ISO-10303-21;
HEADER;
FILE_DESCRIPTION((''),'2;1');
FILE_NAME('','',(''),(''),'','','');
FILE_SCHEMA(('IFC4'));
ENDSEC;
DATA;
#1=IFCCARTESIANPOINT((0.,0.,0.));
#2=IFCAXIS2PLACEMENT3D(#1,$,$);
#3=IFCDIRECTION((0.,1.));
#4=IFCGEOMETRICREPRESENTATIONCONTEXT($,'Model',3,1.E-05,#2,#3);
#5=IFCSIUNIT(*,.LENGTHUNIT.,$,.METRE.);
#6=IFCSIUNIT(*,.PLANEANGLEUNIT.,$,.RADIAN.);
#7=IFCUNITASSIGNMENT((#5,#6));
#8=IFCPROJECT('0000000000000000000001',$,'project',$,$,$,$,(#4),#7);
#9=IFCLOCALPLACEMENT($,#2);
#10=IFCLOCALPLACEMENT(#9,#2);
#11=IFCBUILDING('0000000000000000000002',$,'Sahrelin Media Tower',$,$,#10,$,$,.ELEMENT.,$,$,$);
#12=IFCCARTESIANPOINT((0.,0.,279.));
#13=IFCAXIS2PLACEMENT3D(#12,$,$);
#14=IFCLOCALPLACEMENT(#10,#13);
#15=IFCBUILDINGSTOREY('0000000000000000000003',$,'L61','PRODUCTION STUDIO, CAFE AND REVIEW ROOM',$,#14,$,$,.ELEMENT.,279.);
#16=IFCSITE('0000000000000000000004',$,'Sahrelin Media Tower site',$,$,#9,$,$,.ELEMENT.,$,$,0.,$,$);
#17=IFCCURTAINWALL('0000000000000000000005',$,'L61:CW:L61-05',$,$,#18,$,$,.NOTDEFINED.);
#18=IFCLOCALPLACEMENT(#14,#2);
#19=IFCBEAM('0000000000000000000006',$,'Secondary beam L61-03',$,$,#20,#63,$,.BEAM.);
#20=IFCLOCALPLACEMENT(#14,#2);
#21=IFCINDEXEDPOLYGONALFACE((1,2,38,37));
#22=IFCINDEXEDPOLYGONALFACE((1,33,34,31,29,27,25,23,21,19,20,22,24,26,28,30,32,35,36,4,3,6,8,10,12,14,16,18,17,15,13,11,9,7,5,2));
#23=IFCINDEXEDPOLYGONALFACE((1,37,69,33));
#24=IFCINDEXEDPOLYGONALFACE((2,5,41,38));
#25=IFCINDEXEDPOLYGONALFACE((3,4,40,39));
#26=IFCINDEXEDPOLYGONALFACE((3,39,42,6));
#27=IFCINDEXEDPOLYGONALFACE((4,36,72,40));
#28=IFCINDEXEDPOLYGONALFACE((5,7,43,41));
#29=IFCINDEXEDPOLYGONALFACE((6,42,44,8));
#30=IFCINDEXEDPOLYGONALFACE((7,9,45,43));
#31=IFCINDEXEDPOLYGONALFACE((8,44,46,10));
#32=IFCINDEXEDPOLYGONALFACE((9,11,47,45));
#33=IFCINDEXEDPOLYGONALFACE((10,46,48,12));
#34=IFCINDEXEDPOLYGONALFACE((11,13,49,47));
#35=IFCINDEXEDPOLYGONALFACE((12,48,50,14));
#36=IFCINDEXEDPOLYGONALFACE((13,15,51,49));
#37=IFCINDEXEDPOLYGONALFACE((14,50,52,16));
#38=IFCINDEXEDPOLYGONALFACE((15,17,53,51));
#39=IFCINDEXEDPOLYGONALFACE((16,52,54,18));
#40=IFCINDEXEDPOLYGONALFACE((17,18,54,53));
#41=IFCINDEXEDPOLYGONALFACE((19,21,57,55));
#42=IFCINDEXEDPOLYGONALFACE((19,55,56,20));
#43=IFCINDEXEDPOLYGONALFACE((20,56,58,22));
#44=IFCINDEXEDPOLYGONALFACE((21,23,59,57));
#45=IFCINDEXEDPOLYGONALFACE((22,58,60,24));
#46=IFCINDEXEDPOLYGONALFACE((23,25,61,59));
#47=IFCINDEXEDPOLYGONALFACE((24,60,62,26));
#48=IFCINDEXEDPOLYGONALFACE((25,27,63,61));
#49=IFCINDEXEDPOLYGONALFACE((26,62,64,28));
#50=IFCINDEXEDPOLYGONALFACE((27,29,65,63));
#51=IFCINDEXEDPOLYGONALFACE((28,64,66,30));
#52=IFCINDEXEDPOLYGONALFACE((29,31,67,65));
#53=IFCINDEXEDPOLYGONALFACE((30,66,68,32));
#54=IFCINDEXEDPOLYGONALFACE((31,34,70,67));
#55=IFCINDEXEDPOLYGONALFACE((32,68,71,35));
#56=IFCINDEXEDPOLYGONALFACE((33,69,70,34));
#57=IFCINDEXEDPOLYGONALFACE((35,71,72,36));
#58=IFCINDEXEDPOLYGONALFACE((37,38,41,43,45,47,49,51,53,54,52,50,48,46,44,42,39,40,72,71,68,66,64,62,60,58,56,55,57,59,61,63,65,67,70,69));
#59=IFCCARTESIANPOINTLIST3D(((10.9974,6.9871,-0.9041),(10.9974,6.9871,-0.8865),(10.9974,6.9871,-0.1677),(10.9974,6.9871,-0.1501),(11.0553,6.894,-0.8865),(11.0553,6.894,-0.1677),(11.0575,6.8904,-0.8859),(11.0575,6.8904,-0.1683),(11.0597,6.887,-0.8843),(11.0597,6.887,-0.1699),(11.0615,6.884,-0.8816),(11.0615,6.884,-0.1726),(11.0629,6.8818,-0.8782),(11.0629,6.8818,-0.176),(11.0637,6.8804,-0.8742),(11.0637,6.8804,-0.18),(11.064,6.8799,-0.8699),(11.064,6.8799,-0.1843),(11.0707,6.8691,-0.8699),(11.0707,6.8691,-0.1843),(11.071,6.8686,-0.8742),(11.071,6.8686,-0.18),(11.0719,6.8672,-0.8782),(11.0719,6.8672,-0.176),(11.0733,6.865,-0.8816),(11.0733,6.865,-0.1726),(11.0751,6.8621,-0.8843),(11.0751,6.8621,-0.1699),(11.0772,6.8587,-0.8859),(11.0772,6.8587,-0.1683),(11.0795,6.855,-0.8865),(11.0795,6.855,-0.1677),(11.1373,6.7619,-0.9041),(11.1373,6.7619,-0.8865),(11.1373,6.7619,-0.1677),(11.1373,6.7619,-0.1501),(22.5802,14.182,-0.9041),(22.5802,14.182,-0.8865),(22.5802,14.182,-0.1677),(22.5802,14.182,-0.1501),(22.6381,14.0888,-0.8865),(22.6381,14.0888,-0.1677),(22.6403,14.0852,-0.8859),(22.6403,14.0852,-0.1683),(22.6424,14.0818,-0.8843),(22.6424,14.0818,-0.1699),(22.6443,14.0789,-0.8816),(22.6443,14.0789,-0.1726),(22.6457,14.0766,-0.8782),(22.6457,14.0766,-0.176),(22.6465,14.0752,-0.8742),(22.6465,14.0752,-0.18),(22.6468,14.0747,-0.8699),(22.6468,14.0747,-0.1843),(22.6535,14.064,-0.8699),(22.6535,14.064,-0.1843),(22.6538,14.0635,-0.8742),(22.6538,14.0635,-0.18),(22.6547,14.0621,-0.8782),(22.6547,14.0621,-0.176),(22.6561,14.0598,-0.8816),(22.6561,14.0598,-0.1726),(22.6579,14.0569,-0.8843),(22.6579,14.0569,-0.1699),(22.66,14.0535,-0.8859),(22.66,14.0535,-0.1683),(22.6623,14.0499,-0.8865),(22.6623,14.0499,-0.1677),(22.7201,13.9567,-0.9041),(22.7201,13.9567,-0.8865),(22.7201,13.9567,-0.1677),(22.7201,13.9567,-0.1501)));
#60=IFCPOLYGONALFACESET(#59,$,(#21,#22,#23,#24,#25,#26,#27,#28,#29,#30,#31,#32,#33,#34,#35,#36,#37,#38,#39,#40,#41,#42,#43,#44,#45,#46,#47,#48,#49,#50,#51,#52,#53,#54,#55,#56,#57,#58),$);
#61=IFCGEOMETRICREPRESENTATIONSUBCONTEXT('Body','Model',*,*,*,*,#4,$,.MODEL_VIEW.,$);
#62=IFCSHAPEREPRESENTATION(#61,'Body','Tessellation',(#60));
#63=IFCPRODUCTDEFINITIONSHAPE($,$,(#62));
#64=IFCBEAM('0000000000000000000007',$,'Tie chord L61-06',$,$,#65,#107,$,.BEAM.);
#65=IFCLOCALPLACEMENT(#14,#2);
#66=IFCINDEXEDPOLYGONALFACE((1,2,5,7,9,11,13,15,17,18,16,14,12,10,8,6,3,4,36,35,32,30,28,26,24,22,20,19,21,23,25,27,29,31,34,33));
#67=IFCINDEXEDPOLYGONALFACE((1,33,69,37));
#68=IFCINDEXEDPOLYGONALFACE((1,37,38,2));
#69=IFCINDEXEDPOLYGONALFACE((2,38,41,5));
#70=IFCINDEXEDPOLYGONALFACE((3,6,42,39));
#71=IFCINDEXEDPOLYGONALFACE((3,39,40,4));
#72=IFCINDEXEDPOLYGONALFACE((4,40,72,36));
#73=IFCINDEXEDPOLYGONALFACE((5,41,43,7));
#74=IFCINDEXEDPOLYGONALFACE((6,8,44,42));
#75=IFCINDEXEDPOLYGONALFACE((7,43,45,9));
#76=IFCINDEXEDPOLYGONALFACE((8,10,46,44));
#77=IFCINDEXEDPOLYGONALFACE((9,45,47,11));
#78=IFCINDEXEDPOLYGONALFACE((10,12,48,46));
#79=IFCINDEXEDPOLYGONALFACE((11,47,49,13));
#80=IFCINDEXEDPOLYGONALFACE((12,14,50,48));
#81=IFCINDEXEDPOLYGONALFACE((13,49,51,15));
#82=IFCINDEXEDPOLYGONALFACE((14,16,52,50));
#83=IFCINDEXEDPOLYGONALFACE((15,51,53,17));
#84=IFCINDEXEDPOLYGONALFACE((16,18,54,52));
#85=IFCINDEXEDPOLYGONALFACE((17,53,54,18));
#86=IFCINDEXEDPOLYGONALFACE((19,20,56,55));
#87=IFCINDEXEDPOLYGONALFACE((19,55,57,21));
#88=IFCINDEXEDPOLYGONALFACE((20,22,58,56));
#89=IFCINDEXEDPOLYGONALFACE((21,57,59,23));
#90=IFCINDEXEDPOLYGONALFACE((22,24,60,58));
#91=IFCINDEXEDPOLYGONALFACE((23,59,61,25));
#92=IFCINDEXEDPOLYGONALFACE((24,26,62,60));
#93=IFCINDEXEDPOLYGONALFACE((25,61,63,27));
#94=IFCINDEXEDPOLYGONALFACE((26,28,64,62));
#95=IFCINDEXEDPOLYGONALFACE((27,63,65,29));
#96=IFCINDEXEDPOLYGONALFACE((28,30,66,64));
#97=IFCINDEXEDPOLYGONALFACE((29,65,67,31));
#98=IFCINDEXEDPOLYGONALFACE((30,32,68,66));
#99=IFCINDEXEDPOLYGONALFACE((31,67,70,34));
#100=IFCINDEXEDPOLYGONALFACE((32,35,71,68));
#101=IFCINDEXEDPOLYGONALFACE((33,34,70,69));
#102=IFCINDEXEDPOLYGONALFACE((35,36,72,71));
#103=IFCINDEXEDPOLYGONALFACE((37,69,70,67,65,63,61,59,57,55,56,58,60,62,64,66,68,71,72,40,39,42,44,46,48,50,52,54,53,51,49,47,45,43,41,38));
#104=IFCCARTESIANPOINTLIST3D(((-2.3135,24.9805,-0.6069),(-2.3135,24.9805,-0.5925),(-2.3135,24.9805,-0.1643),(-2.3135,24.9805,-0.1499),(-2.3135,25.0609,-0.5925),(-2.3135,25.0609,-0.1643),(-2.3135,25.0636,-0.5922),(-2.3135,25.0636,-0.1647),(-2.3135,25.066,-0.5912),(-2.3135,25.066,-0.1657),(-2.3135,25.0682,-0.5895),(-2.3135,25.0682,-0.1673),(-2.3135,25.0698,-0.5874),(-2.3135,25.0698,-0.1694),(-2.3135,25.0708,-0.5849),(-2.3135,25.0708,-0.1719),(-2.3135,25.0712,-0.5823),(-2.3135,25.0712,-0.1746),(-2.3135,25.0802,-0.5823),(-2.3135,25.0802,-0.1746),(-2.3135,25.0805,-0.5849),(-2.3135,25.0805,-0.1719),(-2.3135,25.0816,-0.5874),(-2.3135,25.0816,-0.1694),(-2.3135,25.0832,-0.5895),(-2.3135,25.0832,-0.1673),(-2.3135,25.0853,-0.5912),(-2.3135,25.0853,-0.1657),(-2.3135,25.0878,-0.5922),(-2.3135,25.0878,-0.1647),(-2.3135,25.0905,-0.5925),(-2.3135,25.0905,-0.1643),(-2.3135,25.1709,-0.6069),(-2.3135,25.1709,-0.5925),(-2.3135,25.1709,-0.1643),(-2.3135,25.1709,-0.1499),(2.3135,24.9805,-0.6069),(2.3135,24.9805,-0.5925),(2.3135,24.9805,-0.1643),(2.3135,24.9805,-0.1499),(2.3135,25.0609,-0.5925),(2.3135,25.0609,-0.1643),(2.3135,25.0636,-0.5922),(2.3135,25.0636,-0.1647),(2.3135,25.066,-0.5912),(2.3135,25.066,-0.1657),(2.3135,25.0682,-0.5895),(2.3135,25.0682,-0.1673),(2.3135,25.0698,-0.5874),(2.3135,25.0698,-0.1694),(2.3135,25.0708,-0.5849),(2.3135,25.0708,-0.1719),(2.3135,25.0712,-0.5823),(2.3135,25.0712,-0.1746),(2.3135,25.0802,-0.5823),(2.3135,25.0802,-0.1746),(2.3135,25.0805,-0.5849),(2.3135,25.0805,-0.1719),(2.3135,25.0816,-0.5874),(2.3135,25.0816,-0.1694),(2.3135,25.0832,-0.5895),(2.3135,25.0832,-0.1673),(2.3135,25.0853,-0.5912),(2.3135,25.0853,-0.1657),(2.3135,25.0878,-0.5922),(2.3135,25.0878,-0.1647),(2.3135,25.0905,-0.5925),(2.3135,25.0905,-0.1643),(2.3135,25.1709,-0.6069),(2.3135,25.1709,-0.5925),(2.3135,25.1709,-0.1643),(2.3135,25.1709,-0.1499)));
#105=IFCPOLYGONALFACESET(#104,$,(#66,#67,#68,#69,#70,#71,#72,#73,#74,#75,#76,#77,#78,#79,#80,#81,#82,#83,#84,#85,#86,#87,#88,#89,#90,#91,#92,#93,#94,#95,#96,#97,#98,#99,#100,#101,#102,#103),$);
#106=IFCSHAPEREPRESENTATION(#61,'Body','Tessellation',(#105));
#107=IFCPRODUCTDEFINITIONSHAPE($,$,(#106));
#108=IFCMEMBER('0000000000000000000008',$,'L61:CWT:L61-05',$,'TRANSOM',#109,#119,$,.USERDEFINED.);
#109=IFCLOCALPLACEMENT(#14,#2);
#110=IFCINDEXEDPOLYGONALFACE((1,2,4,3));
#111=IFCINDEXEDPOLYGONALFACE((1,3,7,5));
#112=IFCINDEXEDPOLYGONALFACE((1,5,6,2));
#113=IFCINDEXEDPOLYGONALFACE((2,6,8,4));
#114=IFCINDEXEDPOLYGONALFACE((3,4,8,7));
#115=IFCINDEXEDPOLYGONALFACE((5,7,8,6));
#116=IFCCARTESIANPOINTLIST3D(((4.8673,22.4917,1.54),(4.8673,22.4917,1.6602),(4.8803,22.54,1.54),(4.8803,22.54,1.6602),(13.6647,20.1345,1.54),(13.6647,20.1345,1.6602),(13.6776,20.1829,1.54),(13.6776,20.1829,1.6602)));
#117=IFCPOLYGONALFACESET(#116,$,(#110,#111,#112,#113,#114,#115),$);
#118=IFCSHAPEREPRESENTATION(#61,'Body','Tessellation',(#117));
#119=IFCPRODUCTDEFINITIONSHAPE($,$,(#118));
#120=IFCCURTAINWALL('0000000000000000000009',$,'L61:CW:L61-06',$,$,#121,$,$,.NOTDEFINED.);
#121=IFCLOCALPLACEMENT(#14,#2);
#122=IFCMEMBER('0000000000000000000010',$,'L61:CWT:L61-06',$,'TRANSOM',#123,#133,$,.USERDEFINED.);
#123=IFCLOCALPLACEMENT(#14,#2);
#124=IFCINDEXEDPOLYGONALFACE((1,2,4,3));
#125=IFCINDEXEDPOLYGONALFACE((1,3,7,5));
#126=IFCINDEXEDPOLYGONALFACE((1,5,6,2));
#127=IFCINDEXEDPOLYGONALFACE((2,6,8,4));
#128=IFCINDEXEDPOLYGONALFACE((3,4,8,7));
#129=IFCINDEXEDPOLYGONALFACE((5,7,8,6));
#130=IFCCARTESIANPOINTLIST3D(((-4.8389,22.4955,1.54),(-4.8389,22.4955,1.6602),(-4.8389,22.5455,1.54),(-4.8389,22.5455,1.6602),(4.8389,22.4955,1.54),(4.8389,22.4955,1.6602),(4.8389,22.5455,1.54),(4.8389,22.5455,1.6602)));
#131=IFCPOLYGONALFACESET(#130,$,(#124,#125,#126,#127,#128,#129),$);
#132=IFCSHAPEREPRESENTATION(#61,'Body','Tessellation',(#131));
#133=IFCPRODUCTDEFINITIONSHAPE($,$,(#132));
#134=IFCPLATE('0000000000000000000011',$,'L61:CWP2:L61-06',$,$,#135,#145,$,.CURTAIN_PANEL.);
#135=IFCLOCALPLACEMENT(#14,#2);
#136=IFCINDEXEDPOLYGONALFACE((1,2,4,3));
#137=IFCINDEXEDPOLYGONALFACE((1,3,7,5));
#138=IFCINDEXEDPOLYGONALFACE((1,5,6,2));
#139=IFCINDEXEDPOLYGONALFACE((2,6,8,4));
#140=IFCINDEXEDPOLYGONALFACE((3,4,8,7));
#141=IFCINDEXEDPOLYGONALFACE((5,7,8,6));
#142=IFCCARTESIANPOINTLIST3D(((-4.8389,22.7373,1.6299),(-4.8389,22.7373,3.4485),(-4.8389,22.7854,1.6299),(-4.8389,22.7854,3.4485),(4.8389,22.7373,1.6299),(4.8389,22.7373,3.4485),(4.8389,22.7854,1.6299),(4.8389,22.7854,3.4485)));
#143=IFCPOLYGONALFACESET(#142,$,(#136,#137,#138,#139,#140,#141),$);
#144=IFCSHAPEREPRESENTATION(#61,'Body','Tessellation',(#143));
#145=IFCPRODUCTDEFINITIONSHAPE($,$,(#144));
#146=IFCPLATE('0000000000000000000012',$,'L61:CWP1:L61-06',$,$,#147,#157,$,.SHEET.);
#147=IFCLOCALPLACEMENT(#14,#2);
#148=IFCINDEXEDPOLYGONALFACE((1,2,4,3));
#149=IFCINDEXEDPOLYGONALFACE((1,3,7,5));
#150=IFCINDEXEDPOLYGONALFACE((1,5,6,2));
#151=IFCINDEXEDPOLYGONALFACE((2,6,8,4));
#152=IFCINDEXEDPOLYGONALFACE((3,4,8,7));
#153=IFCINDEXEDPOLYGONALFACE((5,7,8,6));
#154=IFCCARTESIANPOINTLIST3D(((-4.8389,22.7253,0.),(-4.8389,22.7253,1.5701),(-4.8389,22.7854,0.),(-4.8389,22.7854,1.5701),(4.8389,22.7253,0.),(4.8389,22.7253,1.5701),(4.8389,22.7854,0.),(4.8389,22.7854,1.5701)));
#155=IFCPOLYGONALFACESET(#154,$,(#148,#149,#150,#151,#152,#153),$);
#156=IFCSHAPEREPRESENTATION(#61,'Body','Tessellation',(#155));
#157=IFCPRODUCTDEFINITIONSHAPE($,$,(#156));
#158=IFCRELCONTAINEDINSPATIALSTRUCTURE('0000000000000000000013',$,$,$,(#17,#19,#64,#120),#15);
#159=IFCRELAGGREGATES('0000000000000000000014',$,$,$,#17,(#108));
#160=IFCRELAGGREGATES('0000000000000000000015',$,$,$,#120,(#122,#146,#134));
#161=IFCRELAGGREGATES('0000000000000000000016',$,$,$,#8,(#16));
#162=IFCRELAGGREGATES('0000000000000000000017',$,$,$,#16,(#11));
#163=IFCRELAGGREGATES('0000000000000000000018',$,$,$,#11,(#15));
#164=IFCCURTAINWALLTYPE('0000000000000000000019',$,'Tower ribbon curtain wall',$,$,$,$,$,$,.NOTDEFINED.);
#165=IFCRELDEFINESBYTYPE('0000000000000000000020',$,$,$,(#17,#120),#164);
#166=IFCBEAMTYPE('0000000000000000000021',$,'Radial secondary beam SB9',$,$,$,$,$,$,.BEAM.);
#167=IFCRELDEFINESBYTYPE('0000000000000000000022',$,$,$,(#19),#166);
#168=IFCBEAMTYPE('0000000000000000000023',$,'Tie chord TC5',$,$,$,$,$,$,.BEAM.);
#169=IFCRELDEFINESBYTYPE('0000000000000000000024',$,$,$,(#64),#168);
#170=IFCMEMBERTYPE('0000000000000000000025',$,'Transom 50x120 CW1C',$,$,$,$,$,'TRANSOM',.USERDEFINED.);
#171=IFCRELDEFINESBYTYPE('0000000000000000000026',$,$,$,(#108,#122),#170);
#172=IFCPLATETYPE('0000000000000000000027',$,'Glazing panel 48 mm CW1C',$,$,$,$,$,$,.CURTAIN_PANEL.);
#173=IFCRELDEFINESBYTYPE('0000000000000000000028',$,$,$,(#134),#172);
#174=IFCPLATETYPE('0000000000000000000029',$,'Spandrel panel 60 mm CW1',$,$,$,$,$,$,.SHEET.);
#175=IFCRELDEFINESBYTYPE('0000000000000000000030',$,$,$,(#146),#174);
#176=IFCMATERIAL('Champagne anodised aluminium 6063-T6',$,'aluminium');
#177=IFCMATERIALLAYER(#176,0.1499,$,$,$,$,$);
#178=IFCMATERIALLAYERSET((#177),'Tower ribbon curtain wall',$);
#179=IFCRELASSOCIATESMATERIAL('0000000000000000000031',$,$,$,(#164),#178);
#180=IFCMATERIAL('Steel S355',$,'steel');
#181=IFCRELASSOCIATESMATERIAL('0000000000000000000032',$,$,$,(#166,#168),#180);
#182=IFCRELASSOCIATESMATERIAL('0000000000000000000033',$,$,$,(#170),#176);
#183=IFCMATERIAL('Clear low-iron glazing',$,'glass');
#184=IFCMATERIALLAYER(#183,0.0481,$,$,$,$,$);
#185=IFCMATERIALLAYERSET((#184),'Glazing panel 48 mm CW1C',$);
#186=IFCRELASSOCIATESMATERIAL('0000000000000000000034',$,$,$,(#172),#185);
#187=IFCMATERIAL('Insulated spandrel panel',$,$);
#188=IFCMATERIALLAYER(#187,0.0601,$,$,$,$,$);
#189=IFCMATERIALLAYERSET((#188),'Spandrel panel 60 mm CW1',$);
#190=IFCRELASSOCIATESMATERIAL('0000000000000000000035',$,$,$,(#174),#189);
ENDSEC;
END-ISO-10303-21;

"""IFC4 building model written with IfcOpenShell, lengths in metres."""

from ifc_helpers import new_model, si_unit, direction, frame, origin, origin_2d, place, context, subcontext, project, spatial, polyline, rectangle, i_section, outline, extrude, material, layer, layer_set, material_profile, profile_set, type_object, element, aggregate, save


model = new_model("IFC4")

# Units and contexts
model_context = context("Model", 3, precision=1e-05, world=origin(), true_north=direction((0.0, 1.0)))
body_context = subcontext(model_context, "Body", "Model", "MODEL_VIEW")
ifc_project = project(units=[si_unit("LENGTHUNIT", "METRE"), si_unit("PLANEANGLEUNIT", "RADIAN")], contexts=[model_context])

# Site, building, storey
site_placement = place(None, origin())
site = spatial("IfcSite", under=ifc_project, at=site_placement, Name="Sahrelin Media Tower site", CompositionType="ELEMENT", RefElevation=0.0)
building_placement = place(site_placement, origin())
building = spatial("IfcBuilding", under=site, at=building_placement, Name="Sahrelin Media Tower", CompositionType="ELEMENT")
storey_placement = place(building_placement, frame((0.0, 0.0, 279.0)))
storey = spatial("IfcBuildingStorey", under=building, at=storey_placement, Name="L61", Description="PRODUCTION STUDIO, CAFE AND REVIEW ROOM", CompositionType="ELEMENT", Elevation=279.0)

# Shared definitions
ifc_material_1 = material(Name="Steel S355", Category="steel")

# Curtain wall
ifc_material_2 = material(Name="Champagne anodised aluminium 6063-T6", Category="aluminium")
ifc_layer_1 = layer(ifc_material_2, 0.1499)
ifc_layer_set_1 = layer_set([ifc_layer_1], Name="Tower ribbon curtain wall")
curtain_wall_type = type_object("IfcCurtainWallType", Name="Tower ribbon curtain wall", PredefinedType="NOTDEFINED", material=ifc_layer_set_1)
curtain_wall_1_placement = place(storey_placement, frame((9.3359, 21.574, 0.0), z_axis=(0.0, 0.0, 1.0), x_axis=(1.0, 0.0, 0.0)))
curtain_wall_1 = element("IfcCurtainWall", 1, at=curtain_wall_1_placement, inside=storey, type_object=curtain_wall_type, Name="L61:CW:L61-05", PredefinedType="NOTDEFINED")

# Beams
ifc_material_profile_1 = material_profile(ifc_material_1, i_section(OverallWidth=0.2651, OverallDepth=0.7539, WebThickness=0.0127, FlangeThickness=0.0176, FilletRadius=0.0166, at=origin_2d()), Name="UB 762x267x147")
ifc_profile_set_1 = profile_set([ifc_material_profile_1], Name="Steel S355")
beam_type_1 = type_object("IfcBeamType", Name="Radial secondary beam SB9", PredefinedType="BEAM", material=ifc_profile_set_1)
beam_1_placement = place(storey_placement, frame((11.0674, 6.8745, -0.5271), z_axis=(0.849459, 0.527655, 0.0), x_axis=(-0.527655, 0.849459, 0.0)))
element("IfcBeam", 2, at=beam_1_placement, inside=storey, type_object=beam_type_1, Name="Secondary beam L61-03", PredefinedType="BEAM", context=body_context, shape_type="SweptSolid", body=[
    extrude(i_section(OverallWidth=0.2651, OverallDepth=0.7539, WebThickness=0.0127, FlangeThickness=0.0176, FilletRadius=0.0166, at=origin_2d()), origin(), (0.0, 0.0, 1.0), 13.6355),
])
ifc_material_profile_2 = material_profile(ifc_material_1, i_section(OverallWidth=0.1904, OverallDepth=0.457, WebThickness=0.009, FlangeThickness=0.0144, FilletRadius=0.0103, at=origin_2d()), Name="UB 457x191x74")
ifc_profile_set_2 = profile_set([ifc_material_profile_2], Name="Steel S355")
beam_type_2 = type_object("IfcBeamType", Name="Tie chord TC5", PredefinedType="BEAM", material=ifc_profile_set_2)
beam_2_placement = place(storey_placement, frame((2.3135, 25.0757, -0.3784), z_axis=(-1.0, 0.0, 0.0), x_axis=(0.0, -1.0, 0.0)))
element("IfcBeam", 3, at=beam_2_placement, inside=storey, type_object=beam_type_2, Name="Tie chord L61-06", PredefinedType="BEAM", context=body_context, shape_type="SweptSolid", body=[
    extrude(i_section(OverallWidth=0.1904, OverallDepth=0.457, WebThickness=0.009, FlangeThickness=0.0144, FilletRadius=0.0103, at=origin_2d()), origin(), (0.0, 0.0, 1.0), 4.627),
])

# Member
ifc_material_profile_3 = material_profile(ifc_material_2, rectangle(XDim=0.05, YDim=0.1201, at=origin_2d()), Name="Transom 50x120")
ifc_profile_set_3 = profile_set([ifc_material_profile_3], Name="Champagne anodised aluminium 6063-T6")
member_type_1 = type_object("IfcMemberType", Name="Transom 50x120 CW1C", ElementType="TRANSOM", PredefinedType="USERDEFINED", material=ifc_profile_set_3)
member_1_placement = place(storey_placement, frame((13.6711, 20.1587, 1.6001), z_axis=(-0.965928, 0.258812, 0.0), x_axis=(-0.258812, -0.965928, 0.0)))
member_1 = element("IfcMember", 4, at=member_1_placement, type_object=member_type_1, Name="L61:CWT:L61-05", ObjectType="TRANSOM", PredefinedType="USERDEFINED", context=body_context, shape_type="SweptSolid", body=[
    extrude(rectangle(XDim=0.05, YDim=0.1201, at=origin_2d()), origin(), (0.0, 0.0, 1.0), 9.1077),
])
aggregate(curtain_wall_1, [member_1])

# Curtain wall, member, plates
curtain_wall_2_placement = place(storey_placement, frame((0.0, 22.7654, 0.0), z_axis=(0.0, 0.0, 1.0), x_axis=(1.0, 0.0, 0.0)))
curtain_wall_2 = element("IfcCurtainWall", 5, at=curtain_wall_2_placement, inside=storey, type_object=curtain_wall_type, Name="L61:CW:L61-06", PredefinedType="NOTDEFINED")
member_2_placement = place(storey_placement, frame((4.8389, 22.5205, 1.6001), z_axis=(-1.0, 0.0, 0.0), x_axis=(0.0, -1.0, 0.0)))
member_2 = element("IfcMember", 6, at=member_2_placement, type_object=member_type_1, Name="L61:CWT:L61-06", ObjectType="TRANSOM", PredefinedType="USERDEFINED", context=body_context, shape_type="SweptSolid", body=[
    extrude(rectangle(XDim=0.05, YDim=0.1201, at=origin_2d()), origin(), (0.0, 0.0, 1.0), 9.6777),
])
ifc_material_3 = material(Name="Clear low-iron glazing", Category="glass")
ifc_layer_2 = layer(ifc_material_3, 0.0481)
ifc_layer_set_2 = layer_set([ifc_layer_2], Name="Glazing panel 48 mm CW1C")
plate_type_1 = type_object("IfcPlateType", Name="Glazing panel 48 mm CW1C", PredefinedType="CURTAIN_PANEL", material=ifc_layer_set_2)
plate_1_placement = place(storey_placement, frame((4.8389, 22.7854, 1.6299), z_axis=(0.0, 1.0, 0.0), x_axis=(-1.0, 0.0, 0.0)))
plate_1 = element("IfcPlate", 7, at=plate_1_placement, type_object=plate_type_1, Name="L61:CWP2:L61-06", PredefinedType="CURTAIN_PANEL", context=body_context, shape_type="SweptSolid", body=[
    extrude(outline(polyline([(0.0, 0.0), (9.6777, 0.0), (9.6777, 1.8186), (0.0, 1.8186), (0.0, 0.0)])), origin(), (0.0, 0.0, -1.0), 0.0481),
])
ifc_material_4 = material(Name="Insulated spandrel panel")
ifc_layer_3 = layer(ifc_material_4, 0.0601)
ifc_layer_set_3 = layer_set([ifc_layer_3], Name="Spandrel panel 60 mm CW1")
plate_type_2 = type_object("IfcPlateType", Name="Spandrel panel 60 mm CW1", PredefinedType="SHEET", material=ifc_layer_set_3)
plate_2_placement = place(storey_placement, frame((4.8389, 22.7854, 0.0), z_axis=(0.0, 1.0, 0.0), x_axis=(-1.0, 0.0, 0.0)))
plate_2 = element("IfcPlate", 8, at=plate_2_placement, type_object=plate_type_2, Name="L61:CWP1:L61-06", PredefinedType="SHEET", context=body_context, shape_type="SweptSolid", body=[
    extrude(outline(polyline([(0.0, 0.0), (9.6777, 0.0), (9.6777, 1.5701), (0.0, 1.5701), (0.0, 0.0)])), origin(), (0.0, 0.0, -1.0), 0.0601),
])
aggregate(curtain_wall_2, [member_2, plate_2, plate_1])

save(model, "model.ifc")
